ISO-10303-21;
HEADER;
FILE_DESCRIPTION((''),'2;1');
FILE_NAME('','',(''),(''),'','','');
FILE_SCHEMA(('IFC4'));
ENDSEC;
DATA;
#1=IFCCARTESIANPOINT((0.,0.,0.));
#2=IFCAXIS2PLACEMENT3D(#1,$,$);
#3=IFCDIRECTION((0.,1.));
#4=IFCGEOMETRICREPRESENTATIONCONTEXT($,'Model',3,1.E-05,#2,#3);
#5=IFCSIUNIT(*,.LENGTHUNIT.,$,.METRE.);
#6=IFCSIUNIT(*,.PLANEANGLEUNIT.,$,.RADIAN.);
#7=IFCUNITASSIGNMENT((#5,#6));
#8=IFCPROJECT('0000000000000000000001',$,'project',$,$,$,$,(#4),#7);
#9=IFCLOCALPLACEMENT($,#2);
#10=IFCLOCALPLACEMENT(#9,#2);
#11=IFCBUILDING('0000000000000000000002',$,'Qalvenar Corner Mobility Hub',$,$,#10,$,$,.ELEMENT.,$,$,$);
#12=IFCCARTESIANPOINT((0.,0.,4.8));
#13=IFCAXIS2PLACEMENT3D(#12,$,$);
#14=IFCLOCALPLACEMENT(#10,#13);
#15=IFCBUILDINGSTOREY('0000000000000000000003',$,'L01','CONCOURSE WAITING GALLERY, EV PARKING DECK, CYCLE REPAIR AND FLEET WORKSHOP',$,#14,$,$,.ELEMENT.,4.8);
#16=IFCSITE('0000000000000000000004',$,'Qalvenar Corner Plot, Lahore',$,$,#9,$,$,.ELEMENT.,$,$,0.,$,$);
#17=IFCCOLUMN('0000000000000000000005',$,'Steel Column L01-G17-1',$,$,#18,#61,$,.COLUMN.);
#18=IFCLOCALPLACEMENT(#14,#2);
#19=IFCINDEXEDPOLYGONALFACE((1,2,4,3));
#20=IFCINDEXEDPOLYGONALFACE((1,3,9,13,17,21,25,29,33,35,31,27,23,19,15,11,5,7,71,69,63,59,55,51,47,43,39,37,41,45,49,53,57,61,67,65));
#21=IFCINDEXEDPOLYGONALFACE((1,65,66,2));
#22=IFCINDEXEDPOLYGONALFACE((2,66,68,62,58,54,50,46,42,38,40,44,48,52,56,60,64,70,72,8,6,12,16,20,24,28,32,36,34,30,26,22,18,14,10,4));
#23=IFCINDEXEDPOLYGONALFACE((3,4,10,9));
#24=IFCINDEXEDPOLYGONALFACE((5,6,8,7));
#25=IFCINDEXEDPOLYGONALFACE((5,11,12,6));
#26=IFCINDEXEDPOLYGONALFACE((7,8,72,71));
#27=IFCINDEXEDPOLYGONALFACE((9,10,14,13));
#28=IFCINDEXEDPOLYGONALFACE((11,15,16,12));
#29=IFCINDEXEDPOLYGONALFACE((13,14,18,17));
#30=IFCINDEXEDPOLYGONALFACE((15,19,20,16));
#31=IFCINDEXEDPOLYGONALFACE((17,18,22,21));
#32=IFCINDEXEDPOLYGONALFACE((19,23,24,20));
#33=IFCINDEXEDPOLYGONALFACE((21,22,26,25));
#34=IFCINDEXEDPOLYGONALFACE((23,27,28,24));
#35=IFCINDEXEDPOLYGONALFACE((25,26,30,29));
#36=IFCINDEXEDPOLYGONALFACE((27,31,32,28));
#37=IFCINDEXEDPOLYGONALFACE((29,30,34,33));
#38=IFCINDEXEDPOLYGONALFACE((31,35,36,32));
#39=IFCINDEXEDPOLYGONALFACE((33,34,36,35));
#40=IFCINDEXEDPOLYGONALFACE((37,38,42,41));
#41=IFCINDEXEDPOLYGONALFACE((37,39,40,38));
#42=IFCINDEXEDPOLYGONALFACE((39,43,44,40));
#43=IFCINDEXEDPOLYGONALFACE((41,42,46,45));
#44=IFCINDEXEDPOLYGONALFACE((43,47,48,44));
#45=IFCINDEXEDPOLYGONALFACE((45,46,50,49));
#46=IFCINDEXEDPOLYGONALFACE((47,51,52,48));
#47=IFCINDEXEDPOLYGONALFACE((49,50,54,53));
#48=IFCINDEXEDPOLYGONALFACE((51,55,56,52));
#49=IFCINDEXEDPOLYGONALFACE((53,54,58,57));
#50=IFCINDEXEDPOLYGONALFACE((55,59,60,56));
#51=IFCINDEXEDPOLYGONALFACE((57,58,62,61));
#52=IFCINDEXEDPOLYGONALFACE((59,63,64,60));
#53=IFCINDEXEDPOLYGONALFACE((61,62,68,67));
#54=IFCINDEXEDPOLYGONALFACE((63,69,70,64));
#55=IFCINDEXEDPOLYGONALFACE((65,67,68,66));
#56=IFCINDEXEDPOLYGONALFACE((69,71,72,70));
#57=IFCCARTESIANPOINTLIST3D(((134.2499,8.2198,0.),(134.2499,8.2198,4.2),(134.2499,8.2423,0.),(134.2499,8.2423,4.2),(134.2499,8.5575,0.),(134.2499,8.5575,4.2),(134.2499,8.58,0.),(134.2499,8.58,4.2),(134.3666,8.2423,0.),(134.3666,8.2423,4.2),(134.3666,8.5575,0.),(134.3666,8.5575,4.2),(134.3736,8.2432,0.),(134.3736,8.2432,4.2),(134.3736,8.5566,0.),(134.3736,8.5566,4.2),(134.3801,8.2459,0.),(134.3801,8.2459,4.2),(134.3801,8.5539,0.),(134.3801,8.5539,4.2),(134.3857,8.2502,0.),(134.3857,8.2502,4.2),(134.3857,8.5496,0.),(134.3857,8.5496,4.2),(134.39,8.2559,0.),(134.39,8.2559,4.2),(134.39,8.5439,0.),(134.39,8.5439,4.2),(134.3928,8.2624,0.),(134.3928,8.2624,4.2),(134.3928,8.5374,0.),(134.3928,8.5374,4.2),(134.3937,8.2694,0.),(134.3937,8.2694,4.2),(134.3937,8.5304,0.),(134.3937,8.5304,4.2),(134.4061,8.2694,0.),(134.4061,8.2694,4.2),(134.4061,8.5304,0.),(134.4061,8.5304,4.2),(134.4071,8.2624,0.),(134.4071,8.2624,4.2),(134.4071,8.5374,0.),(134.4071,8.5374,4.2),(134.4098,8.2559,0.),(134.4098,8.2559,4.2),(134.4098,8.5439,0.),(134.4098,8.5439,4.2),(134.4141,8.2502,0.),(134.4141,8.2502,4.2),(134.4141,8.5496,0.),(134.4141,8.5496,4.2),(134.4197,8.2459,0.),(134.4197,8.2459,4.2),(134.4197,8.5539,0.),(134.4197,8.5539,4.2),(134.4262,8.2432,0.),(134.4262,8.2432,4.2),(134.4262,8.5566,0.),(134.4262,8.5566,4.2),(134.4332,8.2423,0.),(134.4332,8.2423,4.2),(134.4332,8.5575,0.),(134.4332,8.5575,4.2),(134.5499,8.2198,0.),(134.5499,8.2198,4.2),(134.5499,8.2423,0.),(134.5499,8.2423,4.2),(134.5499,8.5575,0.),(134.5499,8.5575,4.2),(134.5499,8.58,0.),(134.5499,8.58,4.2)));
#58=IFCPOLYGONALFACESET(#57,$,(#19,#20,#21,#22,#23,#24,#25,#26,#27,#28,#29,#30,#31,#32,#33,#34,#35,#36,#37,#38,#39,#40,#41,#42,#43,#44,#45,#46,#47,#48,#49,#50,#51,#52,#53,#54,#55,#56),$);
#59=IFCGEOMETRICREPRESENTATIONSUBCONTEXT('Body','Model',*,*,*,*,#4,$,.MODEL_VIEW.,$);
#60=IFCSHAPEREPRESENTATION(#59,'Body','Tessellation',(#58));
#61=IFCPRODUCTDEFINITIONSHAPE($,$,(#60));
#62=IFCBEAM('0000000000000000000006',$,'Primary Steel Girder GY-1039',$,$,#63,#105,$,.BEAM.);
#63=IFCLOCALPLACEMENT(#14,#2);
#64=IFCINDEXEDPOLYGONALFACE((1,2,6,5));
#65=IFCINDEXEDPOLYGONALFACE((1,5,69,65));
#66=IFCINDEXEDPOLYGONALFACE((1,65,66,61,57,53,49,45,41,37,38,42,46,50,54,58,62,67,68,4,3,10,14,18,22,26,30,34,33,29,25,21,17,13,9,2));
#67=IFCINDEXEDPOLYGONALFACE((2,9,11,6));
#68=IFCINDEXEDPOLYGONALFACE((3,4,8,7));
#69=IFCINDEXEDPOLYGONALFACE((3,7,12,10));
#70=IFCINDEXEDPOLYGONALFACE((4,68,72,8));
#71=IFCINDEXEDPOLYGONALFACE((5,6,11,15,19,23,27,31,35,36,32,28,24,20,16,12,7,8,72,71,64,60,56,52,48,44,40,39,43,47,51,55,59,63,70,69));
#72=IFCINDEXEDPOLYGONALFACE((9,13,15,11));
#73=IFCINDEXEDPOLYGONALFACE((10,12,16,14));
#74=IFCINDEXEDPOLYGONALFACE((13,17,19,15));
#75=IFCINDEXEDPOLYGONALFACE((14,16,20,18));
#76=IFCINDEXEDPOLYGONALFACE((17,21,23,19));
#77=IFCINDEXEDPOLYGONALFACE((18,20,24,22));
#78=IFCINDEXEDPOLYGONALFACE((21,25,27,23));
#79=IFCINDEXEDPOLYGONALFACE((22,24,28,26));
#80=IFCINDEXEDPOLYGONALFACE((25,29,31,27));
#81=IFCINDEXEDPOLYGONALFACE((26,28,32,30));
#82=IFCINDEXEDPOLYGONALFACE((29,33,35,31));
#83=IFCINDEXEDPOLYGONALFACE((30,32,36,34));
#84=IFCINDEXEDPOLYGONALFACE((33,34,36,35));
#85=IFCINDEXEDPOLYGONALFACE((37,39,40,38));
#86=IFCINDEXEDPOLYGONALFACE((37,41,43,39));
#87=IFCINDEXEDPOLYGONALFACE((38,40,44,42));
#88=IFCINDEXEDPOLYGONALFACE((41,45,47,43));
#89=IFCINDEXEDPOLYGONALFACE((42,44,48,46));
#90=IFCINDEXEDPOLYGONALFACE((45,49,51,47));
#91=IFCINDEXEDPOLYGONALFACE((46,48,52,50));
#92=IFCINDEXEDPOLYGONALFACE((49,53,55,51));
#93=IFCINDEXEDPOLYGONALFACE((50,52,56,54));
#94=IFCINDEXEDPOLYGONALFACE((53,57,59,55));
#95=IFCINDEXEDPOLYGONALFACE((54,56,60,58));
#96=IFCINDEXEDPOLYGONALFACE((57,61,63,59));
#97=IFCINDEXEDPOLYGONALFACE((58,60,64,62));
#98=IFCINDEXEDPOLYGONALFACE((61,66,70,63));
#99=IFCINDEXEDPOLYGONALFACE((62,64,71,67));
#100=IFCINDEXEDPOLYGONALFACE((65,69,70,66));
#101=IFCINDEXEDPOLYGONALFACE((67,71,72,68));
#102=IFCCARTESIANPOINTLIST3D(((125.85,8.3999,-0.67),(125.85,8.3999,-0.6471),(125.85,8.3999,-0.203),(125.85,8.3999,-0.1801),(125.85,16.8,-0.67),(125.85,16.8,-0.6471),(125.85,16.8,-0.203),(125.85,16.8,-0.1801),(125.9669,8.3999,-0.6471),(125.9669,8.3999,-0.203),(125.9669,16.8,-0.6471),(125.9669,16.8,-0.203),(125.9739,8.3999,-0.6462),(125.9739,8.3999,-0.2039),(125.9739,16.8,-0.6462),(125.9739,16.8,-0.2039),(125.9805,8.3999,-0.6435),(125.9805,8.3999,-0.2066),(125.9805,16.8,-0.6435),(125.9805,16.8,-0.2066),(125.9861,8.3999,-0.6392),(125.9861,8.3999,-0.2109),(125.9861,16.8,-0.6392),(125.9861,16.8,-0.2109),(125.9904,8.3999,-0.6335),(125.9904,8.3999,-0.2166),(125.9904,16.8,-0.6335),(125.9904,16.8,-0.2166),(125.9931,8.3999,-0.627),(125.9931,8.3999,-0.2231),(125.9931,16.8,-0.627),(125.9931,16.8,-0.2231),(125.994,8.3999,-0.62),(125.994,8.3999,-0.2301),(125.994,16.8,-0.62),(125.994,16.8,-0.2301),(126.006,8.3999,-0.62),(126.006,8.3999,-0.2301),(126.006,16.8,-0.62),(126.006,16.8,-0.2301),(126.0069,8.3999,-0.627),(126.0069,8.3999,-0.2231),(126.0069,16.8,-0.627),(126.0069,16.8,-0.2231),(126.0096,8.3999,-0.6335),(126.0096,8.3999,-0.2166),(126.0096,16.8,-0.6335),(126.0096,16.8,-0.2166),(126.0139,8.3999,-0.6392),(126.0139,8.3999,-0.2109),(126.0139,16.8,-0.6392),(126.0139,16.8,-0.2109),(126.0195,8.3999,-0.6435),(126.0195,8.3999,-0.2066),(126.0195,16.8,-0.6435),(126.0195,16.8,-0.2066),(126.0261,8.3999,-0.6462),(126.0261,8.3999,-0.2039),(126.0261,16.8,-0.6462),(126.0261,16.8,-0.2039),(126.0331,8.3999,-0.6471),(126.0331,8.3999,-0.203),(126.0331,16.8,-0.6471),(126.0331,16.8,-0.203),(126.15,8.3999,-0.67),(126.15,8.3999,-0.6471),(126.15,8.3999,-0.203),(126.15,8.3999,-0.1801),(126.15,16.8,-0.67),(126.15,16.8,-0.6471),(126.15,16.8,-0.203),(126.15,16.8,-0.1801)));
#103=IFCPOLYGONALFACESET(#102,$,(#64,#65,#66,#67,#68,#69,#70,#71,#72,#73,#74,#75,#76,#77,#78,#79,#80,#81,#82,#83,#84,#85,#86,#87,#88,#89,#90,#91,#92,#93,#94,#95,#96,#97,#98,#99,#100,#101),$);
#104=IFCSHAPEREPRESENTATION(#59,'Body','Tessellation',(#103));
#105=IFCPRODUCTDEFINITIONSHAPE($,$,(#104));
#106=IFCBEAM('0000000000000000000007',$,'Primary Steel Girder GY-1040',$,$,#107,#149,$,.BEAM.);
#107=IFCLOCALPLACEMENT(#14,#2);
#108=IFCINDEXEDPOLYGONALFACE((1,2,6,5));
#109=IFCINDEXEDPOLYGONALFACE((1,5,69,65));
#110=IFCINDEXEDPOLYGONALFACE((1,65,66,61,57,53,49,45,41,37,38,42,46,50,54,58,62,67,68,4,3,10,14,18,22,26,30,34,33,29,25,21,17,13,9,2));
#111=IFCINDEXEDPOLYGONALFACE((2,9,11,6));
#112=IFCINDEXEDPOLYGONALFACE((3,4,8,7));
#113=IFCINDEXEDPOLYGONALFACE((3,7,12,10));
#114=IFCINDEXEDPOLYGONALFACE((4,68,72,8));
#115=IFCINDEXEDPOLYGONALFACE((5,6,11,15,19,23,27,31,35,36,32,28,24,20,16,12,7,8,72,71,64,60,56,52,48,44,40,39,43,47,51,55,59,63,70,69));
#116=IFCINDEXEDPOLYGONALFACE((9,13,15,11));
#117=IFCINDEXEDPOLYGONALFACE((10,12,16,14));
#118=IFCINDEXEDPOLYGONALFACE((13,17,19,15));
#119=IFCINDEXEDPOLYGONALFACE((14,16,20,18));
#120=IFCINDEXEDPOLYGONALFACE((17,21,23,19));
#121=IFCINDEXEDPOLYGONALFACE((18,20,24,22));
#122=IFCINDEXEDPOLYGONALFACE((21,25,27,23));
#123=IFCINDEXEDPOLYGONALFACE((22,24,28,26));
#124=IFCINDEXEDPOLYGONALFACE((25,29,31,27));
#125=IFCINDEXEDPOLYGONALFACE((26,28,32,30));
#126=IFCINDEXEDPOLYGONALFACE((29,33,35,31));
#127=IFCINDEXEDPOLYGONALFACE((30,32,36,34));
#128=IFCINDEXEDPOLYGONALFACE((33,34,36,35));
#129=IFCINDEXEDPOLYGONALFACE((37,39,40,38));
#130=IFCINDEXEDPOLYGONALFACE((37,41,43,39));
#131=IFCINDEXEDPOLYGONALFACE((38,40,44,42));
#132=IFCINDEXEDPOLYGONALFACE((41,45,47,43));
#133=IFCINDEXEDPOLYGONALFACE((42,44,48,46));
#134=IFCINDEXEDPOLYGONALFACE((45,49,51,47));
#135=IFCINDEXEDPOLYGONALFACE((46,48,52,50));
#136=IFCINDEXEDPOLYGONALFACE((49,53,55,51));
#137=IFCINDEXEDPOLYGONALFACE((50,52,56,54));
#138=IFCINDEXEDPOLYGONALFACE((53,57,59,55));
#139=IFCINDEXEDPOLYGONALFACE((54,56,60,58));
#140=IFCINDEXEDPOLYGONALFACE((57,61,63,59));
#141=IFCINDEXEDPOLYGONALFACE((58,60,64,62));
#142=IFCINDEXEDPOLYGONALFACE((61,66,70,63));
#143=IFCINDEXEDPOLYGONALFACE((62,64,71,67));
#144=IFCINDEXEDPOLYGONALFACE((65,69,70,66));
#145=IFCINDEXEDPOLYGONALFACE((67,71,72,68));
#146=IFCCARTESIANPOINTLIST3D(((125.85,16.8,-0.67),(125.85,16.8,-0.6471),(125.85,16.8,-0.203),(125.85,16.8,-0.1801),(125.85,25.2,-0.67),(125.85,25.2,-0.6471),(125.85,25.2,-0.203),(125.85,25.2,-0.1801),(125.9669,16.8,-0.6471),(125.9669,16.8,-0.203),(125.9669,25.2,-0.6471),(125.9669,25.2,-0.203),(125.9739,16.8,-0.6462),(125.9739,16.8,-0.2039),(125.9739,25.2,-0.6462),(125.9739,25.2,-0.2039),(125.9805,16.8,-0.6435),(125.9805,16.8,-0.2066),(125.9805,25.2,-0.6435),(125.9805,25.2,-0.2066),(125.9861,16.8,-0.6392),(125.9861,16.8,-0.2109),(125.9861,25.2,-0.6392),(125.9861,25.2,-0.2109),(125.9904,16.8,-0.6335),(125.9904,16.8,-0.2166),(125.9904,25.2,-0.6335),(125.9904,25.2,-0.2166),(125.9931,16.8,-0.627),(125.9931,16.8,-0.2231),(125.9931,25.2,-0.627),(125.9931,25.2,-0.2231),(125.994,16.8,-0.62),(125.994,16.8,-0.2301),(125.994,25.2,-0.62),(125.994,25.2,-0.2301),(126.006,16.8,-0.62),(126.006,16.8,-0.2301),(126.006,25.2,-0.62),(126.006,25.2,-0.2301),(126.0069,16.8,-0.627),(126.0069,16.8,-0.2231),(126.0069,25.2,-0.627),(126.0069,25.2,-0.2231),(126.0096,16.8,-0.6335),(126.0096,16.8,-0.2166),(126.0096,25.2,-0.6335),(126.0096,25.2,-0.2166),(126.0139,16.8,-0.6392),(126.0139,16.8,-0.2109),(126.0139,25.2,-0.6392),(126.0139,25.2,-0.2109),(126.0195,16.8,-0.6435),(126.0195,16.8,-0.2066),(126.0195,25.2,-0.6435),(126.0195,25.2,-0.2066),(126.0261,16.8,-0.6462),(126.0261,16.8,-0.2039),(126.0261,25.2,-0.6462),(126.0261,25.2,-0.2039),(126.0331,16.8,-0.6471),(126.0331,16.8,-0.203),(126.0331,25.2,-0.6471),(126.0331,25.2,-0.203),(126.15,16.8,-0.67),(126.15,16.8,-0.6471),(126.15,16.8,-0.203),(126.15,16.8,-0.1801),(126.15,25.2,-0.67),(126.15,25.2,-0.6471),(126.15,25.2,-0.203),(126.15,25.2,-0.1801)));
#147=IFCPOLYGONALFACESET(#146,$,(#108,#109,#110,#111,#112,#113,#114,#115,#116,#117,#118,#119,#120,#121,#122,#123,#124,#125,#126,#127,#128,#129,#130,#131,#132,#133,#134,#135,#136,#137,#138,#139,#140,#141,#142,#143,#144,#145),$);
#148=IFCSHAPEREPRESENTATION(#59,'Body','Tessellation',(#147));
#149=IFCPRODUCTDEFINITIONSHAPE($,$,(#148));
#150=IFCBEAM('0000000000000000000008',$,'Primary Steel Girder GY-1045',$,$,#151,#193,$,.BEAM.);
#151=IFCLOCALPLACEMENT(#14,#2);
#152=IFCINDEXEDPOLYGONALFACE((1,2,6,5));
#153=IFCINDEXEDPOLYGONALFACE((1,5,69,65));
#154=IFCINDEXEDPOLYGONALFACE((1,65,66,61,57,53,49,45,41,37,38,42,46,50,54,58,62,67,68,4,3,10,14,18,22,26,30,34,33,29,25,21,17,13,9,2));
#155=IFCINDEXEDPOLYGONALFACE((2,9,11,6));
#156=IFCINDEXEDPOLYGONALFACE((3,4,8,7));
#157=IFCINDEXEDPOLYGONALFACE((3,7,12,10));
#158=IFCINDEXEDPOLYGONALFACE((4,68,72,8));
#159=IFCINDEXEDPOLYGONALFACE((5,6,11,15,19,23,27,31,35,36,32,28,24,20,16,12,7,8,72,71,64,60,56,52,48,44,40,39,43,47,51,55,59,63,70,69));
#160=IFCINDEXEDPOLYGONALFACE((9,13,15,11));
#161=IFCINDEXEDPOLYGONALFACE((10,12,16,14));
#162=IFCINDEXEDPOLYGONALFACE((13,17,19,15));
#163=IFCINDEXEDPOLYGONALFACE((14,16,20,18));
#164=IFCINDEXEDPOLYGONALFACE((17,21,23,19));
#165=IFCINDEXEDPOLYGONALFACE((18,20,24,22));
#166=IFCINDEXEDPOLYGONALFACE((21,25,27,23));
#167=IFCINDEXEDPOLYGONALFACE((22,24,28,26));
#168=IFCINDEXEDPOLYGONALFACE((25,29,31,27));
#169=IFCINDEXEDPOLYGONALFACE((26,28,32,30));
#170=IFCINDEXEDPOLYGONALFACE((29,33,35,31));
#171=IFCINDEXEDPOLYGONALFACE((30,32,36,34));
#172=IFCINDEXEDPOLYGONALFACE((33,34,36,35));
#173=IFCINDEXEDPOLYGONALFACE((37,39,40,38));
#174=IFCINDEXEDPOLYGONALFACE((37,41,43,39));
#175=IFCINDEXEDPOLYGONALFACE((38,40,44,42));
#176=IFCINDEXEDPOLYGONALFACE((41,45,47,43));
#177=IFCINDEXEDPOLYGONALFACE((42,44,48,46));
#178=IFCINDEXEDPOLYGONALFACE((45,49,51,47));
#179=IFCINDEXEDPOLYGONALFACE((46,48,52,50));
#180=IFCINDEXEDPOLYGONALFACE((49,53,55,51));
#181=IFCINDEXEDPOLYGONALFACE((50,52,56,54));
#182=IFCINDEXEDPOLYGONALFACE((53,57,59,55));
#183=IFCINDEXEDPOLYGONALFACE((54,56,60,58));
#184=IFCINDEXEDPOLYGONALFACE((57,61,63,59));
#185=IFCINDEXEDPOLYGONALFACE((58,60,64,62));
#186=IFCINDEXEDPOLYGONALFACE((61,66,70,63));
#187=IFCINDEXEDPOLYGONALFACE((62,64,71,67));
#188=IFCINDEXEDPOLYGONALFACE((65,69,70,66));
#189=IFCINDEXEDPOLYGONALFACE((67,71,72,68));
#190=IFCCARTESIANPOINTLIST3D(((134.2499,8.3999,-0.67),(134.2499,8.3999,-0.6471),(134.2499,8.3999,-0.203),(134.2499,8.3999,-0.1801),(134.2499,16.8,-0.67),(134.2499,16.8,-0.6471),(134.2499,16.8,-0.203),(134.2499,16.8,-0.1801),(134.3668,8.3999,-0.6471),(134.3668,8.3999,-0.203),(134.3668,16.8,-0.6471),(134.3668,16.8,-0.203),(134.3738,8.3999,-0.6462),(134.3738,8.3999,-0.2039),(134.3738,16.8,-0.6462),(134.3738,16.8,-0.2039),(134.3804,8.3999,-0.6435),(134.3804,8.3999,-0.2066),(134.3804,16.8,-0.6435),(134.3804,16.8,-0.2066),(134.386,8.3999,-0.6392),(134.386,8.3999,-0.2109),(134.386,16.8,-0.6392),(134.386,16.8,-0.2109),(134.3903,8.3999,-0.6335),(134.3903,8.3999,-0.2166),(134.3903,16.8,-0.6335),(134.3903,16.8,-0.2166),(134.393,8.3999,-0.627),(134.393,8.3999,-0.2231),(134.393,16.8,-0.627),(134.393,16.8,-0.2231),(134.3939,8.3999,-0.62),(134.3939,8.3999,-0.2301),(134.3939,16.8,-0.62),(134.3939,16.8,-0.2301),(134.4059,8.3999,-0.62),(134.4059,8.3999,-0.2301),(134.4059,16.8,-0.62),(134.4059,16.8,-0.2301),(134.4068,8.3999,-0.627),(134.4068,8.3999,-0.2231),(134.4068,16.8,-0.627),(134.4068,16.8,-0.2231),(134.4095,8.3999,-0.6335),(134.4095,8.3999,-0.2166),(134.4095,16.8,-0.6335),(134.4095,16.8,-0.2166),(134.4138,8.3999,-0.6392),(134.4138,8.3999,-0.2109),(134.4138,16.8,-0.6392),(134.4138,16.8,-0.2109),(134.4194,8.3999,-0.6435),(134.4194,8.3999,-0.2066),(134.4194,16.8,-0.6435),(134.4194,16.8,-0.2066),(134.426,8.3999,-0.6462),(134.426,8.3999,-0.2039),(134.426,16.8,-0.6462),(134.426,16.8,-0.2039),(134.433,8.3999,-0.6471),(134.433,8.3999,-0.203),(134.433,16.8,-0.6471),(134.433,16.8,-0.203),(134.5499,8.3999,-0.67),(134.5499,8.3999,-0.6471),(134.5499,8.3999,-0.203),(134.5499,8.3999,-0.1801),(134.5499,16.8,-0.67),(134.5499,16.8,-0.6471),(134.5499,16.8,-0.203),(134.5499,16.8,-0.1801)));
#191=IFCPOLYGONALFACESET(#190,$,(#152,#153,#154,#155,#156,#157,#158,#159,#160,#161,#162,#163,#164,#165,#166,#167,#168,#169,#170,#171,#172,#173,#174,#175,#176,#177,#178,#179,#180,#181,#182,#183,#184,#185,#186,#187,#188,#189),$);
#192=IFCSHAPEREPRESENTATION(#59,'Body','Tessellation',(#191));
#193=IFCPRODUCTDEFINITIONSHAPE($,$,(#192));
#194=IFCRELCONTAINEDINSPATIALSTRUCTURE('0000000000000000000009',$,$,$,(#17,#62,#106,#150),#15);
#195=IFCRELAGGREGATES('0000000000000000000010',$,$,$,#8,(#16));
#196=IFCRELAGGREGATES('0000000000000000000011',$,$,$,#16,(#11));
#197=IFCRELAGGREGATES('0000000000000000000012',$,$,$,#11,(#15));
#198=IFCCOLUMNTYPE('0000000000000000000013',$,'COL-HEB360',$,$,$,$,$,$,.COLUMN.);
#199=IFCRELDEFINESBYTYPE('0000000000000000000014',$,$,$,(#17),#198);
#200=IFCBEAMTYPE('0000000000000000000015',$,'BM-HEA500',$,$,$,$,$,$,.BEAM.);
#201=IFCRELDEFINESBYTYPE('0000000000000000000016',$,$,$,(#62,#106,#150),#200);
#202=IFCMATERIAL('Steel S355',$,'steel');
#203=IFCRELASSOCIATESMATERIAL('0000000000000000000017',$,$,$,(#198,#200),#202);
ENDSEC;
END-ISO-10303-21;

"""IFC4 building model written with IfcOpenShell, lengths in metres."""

from ifc_helpers import new_model, si_unit, direction, frame, origin, origin_2d, place, context, subcontext, project, spatial, i_section, extrude, material, material_profile, profile_set, type_object, element, save


model = new_model("IFC4")

# Units and contexts
model_context = context("Model", 3, precision=1e-05, world=origin(), true_north=direction((0.0, 1.0)))
body_context = subcontext(model_context, "Body", "Model", "MODEL_VIEW")
ifc_project = project(units=[si_unit("LENGTHUNIT", "METRE"), si_unit("PLANEANGLEUNIT", "RADIAN")], contexts=[model_context])

# Site, building, storey
site_placement = place(None, origin())
site = spatial("IfcSite", under=ifc_project, at=site_placement, Name="Qalvenar Corner Plot, Lahore", CompositionType="ELEMENT", RefElevation=0.0)
building_placement = place(site_placement, origin())
building = spatial("IfcBuilding", under=site, at=building_placement, Name="Qalvenar Corner Mobility Hub", CompositionType="ELEMENT")
storey_placement = place(building_placement, frame((0.0, 0.0, 4.8)))
storey = spatial("IfcBuildingStorey", under=building, at=storey_placement, Name="L01", Description="CONCOURSE WAITING GALLERY, EV PARKING DECK, CYCLE REPAIR AND FLEET WORKSHOP", CompositionType="ELEMENT", Elevation=4.8)

# Column
ifc_material_1 = material(Name="Steel S355", Category="steel")
ifc_material_profile_1 = material_profile(ifc_material_1, i_section(OverallWidth=0.3, OverallDepth=0.3601, WebThickness=0.0125, FlangeThickness=0.0225, FilletRadius=0.0271, at=origin_2d()), Name="HEB360")
ifc_profile_set_1 = profile_set([ifc_material_profile_1], Name="Steel S355")
column_type = type_object("IfcColumnType", Name="COL-HEB360", PredefinedType="COLUMN", material=ifc_profile_set_1)
column_placement = place(storey_placement, frame((134.3999, 8.3999, 0.0), z_axis=(0.0, 0.0, 1.0), x_axis=(1.0, 0.0, 0.0)))
element("IfcColumn", 1, at=column_placement, inside=storey, type_object=column_type, Name="Steel Column L01-G17-1", PredefinedType="COLUMN", context=body_context, shape_type="SweptSolid", body=[
    extrude(i_section(OverallWidth=0.3, OverallDepth=0.3601, WebThickness=0.0125, FlangeThickness=0.0225, FilletRadius=0.0271, at=origin_2d()), origin(), (0.0, 0.0, 1.0), 4.2),
])

# Beams
ifc_material_profile_2 = material_profile(ifc_material_1, i_section(OverallWidth=0.3, OverallDepth=0.49, WebThickness=0.012, FlangeThickness=0.0229, FilletRadius=0.0271, at=origin_2d()), Name="HEA500")
ifc_profile_set_2 = profile_set([ifc_material_profile_2], Name="Steel S355")
beam_type_1 = type_object("IfcBeamType", Name="BM-HEA500", PredefinedType="BEAM", material=ifc_profile_set_2)
beam_1_placement = place(storey_placement, frame((126.0, 8.3999, -0.425), z_axis=(0.0, 1.0, 0.0), x_axis=(-1.0, 0.0, 0.0)))
element("IfcBeam", 2, at=beam_1_placement, inside=storey, type_object=beam_type_1, Name="Primary Steel Girder GY-1039", PredefinedType="BEAM", context=body_context, shape_type="SweptSolid", body=[
    extrude(i_section(OverallWidth=0.3, OverallDepth=0.49, WebThickness=0.012, FlangeThickness=0.0229, FilletRadius=0.0271, at=origin_2d()), origin(), (0.0, 0.0, 1.0), 8.4001),
])
beam_2_placement = place(storey_placement, frame((126.0, 16.8, -0.425), z_axis=(0.0, 1.0, 0.0), x_axis=(-1.0, 0.0, 0.0)))
element("IfcBeam", 3, at=beam_2_placement, inside=storey, type_object=beam_type_1, Name="Primary Steel Girder GY-1040", PredefinedType="BEAM", context=body_context, shape_type="SweptSolid", body=[
    extrude(i_section(OverallWidth=0.3, OverallDepth=0.49, WebThickness=0.012, FlangeThickness=0.0229, FilletRadius=0.0271, at=origin_2d()), origin(), (0.0, 0.0, 1.0), 8.3999),
])
beam_3_placement = place(storey_placement, frame((134.3999, 8.3999, -0.425), z_axis=(0.0, 1.0, 0.0), x_axis=(-1.0, 0.0, 0.0)))
element("IfcBeam", 4, at=beam_3_placement, inside=storey, type_object=beam_type_1, Name="Primary Steel Girder GY-1045", PredefinedType="BEAM", context=body_context, shape_type="SweptSolid", body=[
    extrude(i_section(OverallWidth=0.3, OverallDepth=0.49, WebThickness=0.012, FlangeThickness=0.0229, FilletRadius=0.0271, at=origin_2d()), origin(), (0.0, 0.0, 1.0), 8.4001),
])

save(model, "model.ifc")
